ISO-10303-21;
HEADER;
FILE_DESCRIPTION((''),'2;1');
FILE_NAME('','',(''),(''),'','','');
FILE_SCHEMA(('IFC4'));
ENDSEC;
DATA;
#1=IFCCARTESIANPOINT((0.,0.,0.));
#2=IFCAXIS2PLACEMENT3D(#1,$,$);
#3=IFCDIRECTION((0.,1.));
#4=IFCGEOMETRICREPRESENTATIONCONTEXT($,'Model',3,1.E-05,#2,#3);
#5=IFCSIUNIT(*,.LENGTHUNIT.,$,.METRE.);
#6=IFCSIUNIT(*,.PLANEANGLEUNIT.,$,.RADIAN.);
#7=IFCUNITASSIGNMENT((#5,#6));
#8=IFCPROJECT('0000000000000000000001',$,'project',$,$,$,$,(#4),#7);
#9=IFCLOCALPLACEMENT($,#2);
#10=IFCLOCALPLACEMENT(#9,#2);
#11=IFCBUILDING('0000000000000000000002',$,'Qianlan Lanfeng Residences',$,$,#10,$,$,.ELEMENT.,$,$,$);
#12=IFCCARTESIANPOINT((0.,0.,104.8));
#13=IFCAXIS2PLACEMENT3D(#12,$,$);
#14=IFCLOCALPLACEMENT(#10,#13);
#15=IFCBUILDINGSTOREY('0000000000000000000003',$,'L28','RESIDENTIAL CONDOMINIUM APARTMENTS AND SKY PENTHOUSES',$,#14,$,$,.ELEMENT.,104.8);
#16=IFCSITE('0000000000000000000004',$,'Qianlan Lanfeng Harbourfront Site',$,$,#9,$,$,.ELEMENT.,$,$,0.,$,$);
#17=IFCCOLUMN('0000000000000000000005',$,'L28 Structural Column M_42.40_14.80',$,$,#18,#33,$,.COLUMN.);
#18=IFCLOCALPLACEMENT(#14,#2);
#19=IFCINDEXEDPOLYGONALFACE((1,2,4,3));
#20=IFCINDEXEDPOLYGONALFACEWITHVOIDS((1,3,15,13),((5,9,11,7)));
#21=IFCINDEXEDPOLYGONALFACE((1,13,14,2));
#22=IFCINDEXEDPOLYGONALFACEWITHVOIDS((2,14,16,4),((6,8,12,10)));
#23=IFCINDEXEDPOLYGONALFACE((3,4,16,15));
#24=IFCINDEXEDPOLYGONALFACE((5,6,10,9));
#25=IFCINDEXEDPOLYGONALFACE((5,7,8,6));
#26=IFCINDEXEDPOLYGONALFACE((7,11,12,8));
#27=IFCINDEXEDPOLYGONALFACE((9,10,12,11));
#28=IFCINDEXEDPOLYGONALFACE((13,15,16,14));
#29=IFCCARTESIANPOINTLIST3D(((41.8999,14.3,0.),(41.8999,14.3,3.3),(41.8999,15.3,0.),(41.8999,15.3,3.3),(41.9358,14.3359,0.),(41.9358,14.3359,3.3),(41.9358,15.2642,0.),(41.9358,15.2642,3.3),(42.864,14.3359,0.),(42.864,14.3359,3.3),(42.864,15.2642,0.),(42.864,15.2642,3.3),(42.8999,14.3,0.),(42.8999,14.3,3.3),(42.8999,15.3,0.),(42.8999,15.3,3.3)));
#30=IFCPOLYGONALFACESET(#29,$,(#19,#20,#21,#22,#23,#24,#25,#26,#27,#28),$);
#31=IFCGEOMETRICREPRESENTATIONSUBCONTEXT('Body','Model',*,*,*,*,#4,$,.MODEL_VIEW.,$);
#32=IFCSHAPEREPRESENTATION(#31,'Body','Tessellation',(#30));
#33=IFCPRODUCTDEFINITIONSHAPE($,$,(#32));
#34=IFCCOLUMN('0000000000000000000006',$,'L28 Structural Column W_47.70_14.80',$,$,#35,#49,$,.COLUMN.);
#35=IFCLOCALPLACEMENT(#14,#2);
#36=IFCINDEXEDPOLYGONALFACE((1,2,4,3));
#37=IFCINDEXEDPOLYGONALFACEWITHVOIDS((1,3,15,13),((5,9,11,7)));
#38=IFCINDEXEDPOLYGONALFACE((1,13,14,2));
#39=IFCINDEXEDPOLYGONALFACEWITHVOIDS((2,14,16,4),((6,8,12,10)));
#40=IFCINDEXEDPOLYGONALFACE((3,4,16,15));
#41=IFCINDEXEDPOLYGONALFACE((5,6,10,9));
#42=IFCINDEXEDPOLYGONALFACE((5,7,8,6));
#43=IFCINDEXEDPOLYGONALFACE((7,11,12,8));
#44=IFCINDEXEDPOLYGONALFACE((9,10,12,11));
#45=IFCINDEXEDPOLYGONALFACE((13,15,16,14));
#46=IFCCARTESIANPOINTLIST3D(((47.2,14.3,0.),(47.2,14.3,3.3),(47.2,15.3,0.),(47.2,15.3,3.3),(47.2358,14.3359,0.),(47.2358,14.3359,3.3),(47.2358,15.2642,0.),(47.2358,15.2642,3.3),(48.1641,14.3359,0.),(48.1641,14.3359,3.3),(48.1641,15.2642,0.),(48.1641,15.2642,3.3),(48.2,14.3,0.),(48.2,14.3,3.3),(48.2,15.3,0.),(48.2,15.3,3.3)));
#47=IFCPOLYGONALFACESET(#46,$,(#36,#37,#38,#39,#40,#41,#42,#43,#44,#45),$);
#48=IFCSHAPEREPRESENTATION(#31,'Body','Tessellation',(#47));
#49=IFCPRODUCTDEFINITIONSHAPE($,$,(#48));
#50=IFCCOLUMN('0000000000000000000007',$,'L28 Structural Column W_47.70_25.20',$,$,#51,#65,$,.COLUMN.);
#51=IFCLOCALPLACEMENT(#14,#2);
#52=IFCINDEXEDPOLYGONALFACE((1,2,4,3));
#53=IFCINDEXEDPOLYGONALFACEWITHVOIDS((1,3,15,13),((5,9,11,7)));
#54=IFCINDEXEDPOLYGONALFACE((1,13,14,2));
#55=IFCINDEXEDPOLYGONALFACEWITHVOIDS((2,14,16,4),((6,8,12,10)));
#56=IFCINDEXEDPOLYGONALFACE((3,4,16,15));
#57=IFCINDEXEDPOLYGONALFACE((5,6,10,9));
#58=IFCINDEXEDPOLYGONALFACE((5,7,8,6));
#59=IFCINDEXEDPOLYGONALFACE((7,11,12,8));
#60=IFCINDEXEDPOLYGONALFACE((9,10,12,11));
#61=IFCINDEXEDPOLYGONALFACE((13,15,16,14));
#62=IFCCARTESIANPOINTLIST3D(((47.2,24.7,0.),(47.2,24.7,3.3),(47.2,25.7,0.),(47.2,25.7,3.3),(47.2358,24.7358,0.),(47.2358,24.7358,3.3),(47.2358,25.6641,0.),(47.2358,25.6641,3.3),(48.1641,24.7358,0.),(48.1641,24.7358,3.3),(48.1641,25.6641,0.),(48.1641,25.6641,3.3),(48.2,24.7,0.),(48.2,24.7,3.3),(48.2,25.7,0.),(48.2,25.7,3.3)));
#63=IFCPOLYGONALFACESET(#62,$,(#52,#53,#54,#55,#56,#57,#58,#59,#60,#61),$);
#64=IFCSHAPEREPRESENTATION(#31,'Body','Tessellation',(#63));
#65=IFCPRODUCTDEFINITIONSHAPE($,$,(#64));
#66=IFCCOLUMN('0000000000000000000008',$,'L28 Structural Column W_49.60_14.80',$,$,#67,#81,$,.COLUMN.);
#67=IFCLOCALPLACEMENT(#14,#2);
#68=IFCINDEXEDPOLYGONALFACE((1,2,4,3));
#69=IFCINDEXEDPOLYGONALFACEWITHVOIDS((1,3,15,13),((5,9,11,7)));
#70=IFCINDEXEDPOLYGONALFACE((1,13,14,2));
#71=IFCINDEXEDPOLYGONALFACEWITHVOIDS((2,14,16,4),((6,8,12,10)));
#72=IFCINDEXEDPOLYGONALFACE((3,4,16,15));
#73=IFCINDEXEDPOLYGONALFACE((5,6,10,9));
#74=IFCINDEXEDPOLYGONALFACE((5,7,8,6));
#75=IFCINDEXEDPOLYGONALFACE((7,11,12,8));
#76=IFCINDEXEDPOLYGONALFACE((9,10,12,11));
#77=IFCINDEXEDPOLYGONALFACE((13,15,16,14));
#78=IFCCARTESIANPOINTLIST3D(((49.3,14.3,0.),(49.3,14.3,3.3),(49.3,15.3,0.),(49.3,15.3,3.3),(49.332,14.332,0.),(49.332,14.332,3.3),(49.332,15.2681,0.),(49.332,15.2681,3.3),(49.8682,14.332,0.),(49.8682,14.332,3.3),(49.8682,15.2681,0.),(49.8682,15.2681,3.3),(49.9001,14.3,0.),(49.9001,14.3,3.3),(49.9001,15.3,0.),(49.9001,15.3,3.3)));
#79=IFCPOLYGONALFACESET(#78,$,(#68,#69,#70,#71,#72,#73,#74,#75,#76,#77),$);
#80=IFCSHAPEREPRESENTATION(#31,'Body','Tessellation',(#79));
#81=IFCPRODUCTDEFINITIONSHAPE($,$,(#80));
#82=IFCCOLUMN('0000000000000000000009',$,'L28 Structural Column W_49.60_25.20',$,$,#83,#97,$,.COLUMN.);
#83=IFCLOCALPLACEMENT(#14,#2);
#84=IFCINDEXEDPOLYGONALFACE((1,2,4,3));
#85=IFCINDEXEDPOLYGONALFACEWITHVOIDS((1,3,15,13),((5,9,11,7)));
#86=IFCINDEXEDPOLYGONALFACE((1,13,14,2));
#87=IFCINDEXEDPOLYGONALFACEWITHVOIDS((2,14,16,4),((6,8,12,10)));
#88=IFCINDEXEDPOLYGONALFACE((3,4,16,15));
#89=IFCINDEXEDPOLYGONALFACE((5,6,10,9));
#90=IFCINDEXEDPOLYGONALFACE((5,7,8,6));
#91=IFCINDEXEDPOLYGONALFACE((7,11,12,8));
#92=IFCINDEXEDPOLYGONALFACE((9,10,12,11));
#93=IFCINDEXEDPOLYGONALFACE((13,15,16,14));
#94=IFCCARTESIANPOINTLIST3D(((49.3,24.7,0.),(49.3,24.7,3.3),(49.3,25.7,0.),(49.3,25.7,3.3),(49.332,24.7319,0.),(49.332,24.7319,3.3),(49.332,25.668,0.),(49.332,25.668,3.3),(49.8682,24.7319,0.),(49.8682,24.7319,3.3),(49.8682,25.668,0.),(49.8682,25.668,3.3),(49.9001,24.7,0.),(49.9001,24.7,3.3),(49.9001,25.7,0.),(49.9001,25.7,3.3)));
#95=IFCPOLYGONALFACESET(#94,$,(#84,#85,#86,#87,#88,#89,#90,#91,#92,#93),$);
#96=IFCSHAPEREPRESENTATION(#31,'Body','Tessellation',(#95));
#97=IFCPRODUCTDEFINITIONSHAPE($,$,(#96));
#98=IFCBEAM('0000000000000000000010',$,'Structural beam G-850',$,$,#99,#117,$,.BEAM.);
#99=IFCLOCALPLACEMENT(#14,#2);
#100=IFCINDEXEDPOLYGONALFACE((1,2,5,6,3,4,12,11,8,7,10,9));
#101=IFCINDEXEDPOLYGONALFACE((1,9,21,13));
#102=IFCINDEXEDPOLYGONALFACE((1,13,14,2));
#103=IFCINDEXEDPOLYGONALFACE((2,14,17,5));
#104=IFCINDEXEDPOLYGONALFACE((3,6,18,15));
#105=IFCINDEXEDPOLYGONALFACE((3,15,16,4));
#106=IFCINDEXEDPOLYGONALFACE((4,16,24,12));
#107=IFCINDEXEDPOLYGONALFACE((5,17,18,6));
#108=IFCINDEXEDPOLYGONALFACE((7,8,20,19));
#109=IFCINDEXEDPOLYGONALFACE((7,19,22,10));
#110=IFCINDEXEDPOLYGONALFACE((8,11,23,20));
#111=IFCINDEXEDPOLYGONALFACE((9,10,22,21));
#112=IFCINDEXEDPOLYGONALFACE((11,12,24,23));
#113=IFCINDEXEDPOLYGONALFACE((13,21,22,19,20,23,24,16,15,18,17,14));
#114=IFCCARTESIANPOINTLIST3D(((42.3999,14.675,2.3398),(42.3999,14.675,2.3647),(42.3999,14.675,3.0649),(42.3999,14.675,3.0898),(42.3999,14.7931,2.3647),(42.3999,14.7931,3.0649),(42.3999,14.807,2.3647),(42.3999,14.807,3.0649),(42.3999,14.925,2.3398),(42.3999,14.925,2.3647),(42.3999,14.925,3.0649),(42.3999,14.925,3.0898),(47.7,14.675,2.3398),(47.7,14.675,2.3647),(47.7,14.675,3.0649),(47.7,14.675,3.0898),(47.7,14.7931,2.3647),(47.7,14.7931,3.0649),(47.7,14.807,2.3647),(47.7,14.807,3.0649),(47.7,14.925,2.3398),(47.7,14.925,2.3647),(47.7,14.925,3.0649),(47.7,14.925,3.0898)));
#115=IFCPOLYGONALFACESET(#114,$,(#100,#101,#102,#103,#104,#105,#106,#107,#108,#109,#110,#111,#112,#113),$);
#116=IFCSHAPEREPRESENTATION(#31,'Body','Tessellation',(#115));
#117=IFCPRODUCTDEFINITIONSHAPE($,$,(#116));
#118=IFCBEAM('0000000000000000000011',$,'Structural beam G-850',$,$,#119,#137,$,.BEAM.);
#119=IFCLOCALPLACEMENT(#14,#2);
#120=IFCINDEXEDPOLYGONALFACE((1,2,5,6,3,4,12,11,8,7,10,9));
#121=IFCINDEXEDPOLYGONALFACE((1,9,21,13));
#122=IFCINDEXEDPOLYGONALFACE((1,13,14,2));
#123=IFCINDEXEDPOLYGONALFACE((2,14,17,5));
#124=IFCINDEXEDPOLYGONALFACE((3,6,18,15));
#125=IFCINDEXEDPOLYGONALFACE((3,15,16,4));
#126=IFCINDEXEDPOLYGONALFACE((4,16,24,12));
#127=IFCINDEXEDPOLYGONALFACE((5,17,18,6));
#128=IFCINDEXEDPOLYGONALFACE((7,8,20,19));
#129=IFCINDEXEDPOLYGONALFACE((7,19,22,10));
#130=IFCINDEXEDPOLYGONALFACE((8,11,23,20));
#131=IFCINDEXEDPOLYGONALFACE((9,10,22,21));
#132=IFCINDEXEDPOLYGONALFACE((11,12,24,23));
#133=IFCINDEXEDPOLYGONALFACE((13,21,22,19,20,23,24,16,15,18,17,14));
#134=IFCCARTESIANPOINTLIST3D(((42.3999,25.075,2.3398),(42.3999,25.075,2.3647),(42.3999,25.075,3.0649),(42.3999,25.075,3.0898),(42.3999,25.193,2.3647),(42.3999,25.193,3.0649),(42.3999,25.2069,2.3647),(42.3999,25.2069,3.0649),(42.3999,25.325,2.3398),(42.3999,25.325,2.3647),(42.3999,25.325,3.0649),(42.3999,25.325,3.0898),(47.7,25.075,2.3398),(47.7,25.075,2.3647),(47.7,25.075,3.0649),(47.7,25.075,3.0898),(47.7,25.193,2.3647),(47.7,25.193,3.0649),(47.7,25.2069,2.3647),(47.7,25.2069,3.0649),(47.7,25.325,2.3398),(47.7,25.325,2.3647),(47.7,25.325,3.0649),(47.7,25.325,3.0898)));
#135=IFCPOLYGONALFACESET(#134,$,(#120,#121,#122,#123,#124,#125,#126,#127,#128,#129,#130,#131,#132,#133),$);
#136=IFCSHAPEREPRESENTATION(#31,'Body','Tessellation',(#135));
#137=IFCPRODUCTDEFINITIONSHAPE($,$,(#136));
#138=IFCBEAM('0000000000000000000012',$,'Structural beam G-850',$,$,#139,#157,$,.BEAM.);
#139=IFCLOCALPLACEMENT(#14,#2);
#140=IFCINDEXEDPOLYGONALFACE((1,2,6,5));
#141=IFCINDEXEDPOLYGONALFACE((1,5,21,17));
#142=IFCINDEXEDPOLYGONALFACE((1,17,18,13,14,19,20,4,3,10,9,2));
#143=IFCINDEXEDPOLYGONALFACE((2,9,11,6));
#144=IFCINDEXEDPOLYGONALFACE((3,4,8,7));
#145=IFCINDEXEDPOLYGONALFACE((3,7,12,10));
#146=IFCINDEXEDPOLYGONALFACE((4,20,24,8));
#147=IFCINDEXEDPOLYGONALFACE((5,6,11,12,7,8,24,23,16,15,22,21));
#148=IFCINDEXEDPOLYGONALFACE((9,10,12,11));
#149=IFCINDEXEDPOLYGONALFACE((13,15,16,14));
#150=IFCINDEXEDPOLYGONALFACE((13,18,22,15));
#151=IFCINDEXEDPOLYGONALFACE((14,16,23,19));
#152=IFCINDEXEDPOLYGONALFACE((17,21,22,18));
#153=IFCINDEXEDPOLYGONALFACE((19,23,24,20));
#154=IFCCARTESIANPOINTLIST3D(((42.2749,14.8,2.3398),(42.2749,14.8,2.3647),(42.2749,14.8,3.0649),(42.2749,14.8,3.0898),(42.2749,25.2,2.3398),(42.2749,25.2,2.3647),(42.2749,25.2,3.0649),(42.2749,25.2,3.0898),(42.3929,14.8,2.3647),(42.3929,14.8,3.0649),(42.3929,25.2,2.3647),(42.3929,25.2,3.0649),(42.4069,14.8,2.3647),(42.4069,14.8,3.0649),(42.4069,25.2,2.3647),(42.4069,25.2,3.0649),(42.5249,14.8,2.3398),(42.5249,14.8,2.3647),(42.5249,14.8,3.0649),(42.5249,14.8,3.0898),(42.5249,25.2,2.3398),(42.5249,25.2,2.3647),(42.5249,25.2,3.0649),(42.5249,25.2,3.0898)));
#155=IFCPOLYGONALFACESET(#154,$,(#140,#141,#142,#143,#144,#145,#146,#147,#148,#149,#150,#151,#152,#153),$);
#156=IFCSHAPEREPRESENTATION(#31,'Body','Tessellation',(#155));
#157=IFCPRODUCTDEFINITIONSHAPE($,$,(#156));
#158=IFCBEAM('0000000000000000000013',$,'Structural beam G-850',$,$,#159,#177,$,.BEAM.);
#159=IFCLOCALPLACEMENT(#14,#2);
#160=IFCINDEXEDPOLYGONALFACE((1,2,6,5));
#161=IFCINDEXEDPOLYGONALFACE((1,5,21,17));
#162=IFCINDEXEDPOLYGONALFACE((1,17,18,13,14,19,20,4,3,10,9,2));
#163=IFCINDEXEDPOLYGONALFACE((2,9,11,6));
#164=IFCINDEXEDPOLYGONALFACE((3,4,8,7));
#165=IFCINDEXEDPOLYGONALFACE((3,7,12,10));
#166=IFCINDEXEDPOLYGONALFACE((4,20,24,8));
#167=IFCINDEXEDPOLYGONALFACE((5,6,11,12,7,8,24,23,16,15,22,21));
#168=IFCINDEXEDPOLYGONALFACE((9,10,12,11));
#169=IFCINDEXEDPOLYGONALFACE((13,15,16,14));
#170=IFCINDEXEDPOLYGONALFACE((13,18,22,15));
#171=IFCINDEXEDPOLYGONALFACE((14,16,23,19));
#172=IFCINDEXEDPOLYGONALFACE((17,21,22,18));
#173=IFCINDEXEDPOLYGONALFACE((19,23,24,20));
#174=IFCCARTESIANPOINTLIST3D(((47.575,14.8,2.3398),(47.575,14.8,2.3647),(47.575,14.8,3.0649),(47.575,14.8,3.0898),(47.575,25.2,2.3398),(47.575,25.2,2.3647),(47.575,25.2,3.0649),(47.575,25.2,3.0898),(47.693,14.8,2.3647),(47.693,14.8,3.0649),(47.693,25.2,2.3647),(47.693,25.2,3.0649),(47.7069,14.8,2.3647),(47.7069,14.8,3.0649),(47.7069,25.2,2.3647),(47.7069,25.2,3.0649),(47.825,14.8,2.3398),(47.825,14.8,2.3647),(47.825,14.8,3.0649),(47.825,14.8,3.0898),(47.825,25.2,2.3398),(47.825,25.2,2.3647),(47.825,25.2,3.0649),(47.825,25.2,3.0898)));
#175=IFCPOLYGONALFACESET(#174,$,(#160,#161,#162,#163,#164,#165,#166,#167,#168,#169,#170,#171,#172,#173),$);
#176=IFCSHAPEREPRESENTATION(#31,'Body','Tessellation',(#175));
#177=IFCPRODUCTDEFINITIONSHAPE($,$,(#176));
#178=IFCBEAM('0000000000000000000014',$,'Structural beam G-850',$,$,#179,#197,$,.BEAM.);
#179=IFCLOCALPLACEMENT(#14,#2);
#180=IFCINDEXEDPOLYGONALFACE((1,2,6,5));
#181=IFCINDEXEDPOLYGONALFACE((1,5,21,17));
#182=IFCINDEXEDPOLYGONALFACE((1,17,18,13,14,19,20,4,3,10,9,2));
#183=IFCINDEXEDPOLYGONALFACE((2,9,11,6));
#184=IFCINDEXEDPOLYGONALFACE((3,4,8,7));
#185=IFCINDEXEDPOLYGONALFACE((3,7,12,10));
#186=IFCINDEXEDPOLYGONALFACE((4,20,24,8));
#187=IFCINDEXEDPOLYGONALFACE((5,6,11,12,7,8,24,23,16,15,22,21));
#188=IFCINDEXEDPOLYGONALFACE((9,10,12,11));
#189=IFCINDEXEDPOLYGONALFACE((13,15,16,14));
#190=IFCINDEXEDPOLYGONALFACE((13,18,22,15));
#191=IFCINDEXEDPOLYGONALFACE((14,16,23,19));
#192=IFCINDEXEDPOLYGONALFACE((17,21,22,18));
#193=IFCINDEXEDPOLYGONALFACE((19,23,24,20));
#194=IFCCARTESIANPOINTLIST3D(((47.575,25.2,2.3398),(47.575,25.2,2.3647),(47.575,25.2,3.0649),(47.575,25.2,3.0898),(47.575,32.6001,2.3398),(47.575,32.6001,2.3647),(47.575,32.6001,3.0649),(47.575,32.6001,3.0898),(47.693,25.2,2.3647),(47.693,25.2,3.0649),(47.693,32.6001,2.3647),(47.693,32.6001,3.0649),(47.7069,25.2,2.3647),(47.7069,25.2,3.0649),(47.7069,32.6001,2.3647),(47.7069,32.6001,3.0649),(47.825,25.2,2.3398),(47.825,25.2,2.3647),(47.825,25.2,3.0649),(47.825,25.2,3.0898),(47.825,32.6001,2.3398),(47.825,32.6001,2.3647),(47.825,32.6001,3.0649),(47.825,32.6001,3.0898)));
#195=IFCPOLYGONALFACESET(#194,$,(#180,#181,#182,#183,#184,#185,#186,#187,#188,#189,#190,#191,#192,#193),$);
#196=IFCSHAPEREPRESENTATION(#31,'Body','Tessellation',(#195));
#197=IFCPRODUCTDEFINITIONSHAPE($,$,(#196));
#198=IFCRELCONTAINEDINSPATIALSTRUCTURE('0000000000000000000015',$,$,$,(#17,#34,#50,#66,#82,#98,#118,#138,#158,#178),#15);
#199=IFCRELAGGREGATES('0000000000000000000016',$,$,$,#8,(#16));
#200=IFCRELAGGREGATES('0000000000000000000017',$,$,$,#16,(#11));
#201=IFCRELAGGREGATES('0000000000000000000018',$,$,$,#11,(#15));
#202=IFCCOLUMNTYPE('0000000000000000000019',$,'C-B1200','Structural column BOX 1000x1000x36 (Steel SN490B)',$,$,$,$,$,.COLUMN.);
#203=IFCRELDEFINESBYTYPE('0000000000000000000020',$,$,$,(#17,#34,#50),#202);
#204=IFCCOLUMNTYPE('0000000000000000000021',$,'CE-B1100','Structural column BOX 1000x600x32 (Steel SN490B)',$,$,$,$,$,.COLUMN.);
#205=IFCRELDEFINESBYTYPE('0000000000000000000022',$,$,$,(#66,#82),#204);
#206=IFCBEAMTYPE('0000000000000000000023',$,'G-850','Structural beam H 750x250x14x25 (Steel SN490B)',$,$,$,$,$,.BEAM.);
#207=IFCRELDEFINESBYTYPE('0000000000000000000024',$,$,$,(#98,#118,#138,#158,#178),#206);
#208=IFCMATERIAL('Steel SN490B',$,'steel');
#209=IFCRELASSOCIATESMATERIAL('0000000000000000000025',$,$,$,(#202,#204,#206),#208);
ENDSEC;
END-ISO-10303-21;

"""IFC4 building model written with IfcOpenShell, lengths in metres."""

from ifc_helpers import new_model, si_unit, direction, frame, origin, origin_2d, place, context, subcontext, project, spatial, hollow_rectangle, i_section, extrude, material, material_profile, profile_set, type_object, element, save


model = new_model("IFC4")

# Units and contexts
model_context = context("Model", 3, precision=1e-05, world=origin(), true_north=direction((0.0, 1.0)))
body_context = subcontext(model_context, "Body", "Model", "MODEL_VIEW")
ifc_project = project(units=[si_unit("LENGTHUNIT", "METRE"), si_unit("PLANEANGLEUNIT", "RADIAN")], contexts=[model_context])

# Site, building, storey
site_placement = place(None, origin())
site = spatial("IfcSite", under=ifc_project, at=site_placement, Name="Qianlan Lanfeng Harbourfront Site", CompositionType="ELEMENT", RefElevation=0.0)
building_placement = place(site_placement, origin())
building = spatial("IfcBuilding", under=site, at=building_placement, Name="Qianlan Lanfeng Residences", CompositionType="ELEMENT")
storey_placement = place(building_placement, frame((0.0, 0.0, 104.8)))
storey = spatial("IfcBuildingStorey", under=building, at=storey_placement, Name="L28", Description="RESIDENTIAL CONDOMINIUM APARTMENTS AND SKY PENTHOUSES", CompositionType="ELEMENT", Elevation=104.8)

# Columns
ifc_material_1 = material(Name="Steel SN490B", Category="steel")
ifc_material_profile_1 = material_profile(ifc_material_1, hollow_rectangle(XDim=1.0, YDim=1.0, WallThickness=0.0359, at=origin_2d()), Name="BOX 1000x1000x36")
ifc_profile_set_1 = profile_set([ifc_material_profile_1], Name="Steel SN490B")
column_type_1 = type_object("IfcColumnType", Name="C-B1200", Description="Structural column BOX 1000x1000x36 (Steel SN490B)", PredefinedType="COLUMN", material=ifc_profile_set_1)
for number, where, z_axis, x_axis, name in (
    (1, (42.3999, 14.8, 0.0), (0.0, 0.0, 1.0), (1.0, 0.0, 0.0), "L28 Structural Column M_42.40_14.80"),
    (2, (47.7, 14.8, 0.0), (0.0, 0.0, 1.0), (1.0, 0.0, 0.0), "L28 Structural Column W_47.70_14.80"),
    (3, (47.7, 25.2, 0.0), (0.0, 0.0, 1.0), (1.0, 0.0, 0.0), "L28 Structural Column W_47.70_25.20"),
):
    element("IfcColumn", number, at=place(storey_placement, frame(where, z_axis=z_axis, x_axis=x_axis)), inside=storey, type_object=column_type_1, Name=name, PredefinedType="COLUMN", context=body_context, shape_type="SweptSolid", body=[
        extrude(hollow_rectangle(XDim=1.0, YDim=1.0, WallThickness=0.0359, at=origin_2d()), origin(), (0.0, 0.0, 1.0), 3.3),
    ])
ifc_material_profile_2 = material_profile(ifc_material_1, hollow_rectangle(XDim=0.6001, YDim=1.0, WallThickness=0.032, at=origin_2d()), Name="BOX 1000x600x32")
ifc_profile_set_2 = profile_set([ifc_material_profile_2], Name="Steel SN490B")
column_type_2 = type_object("IfcColumnType", Name="CE-B1100", Description="Structural column BOX 1000x600x32 (Steel SN490B)", PredefinedType="COLUMN", material=ifc_profile_set_2)
for number, where, z_axis, x_axis, name in (
    (4, (49.6001, 14.8, 0.0), (0.0, 0.0, 1.0), (1.0, 0.0, 0.0), "L28 Structural Column W_49.60_14.80"),
    (5, (49.6001, 25.2, 0.0), (0.0, 0.0, 1.0), (1.0, 0.0, 0.0), "L28 Structural Column W_49.60_25.20"),
):
    element("IfcColumn", number, at=place(storey_placement, frame(where, z_axis=z_axis, x_axis=x_axis)), inside=storey, type_object=column_type_2, Name=name, PredefinedType="COLUMN", context=body_context, shape_type="SweptSolid", body=[
        extrude(hollow_rectangle(XDim=0.6001, YDim=1.0, WallThickness=0.032, at=origin_2d()), origin(), (0.0, 0.0, 1.0), 3.3),
    ])

# Beams
ifc_material_profile_3 = material_profile(ifc_material_1, i_section(OverallWidth=0.25, OverallDepth=0.75, WebThickness=0.0139, FlangeThickness=0.0249, at=origin_2d()), Name="H 750x250x14x25")
ifc_profile_set_3 = profile_set([ifc_material_profile_3], Name="Steel SN490B")
beam_type_1 = type_object("IfcBeamType", Name="G-850", Description="Structural beam H 750x250x14x25 (Steel SN490B)", PredefinedType="BEAM", material=ifc_profile_set_3)
for number, where, z_axis, x_axis, name in (
    (6, (42.3999, 14.8, 2.7148), (1.0, 0.0, 0.0), (0.0, 1.0, 0.0), "Structural beam G-850"),
    (7, (42.3999, 25.2, 2.7148), (1.0, 0.0, 0.0), (0.0, 1.0, 0.0), "Structural beam G-850"),
):
    element("IfcBeam", number, at=place(storey_placement, frame(where, z_axis=z_axis, x_axis=x_axis)), inside=storey, type_object=beam_type_1, Name=name, PredefinedType="BEAM", context=body_context, shape_type="SweptSolid", body=[
        extrude(i_section(OverallWidth=0.25, OverallDepth=0.75, WebThickness=0.0139, FlangeThickness=0.0249, at=origin_2d()), origin(), (0.0, 0.0, 1.0), 5.3),
    ])
for number, where, z_axis, x_axis, name in (
    (8, (42.3999, 14.8, 2.7148), (0.0, 1.0, 0.0), (-1.0, 0.0, 0.0), "Structural beam G-850"),
    (9, (47.7, 14.8, 2.7148), (0.0, 1.0, 0.0), (-1.0, 0.0, 0.0), "Structural beam G-850"),
):
    element("IfcBeam", number, at=place(storey_placement, frame(where, z_axis=z_axis, x_axis=x_axis)), inside=storey, type_object=beam_type_1, Name=name, PredefinedType="BEAM", context=body_context, shape_type="SweptSolid", body=[
        extrude(i_section(OverallWidth=0.25, OverallDepth=0.75, WebThickness=0.0139, FlangeThickness=0.0249, at=origin_2d()), origin(), (0.0, 0.0, 1.0), 10.3999),
    ])
beam_1_placement = place(storey_placement, frame((47.7, 25.2, 2.7148), z_axis=(0.0, 1.0, 0.0), x_axis=(-1.0, 0.0, 0.0)))
element("IfcBeam", 10, at=beam_1_placement, inside=storey, type_object=beam_type_1, Name="Structural beam G-850", PredefinedType="BEAM", context=body_context, shape_type="SweptSolid", body=[
    extrude(i_section(OverallWidth=0.25, OverallDepth=0.75, WebThickness=0.0139, FlangeThickness=0.0249, at=origin_2d()), origin(), (0.0, 0.0, 1.0), 7.4001),
])

save(model, "model.ifc")
